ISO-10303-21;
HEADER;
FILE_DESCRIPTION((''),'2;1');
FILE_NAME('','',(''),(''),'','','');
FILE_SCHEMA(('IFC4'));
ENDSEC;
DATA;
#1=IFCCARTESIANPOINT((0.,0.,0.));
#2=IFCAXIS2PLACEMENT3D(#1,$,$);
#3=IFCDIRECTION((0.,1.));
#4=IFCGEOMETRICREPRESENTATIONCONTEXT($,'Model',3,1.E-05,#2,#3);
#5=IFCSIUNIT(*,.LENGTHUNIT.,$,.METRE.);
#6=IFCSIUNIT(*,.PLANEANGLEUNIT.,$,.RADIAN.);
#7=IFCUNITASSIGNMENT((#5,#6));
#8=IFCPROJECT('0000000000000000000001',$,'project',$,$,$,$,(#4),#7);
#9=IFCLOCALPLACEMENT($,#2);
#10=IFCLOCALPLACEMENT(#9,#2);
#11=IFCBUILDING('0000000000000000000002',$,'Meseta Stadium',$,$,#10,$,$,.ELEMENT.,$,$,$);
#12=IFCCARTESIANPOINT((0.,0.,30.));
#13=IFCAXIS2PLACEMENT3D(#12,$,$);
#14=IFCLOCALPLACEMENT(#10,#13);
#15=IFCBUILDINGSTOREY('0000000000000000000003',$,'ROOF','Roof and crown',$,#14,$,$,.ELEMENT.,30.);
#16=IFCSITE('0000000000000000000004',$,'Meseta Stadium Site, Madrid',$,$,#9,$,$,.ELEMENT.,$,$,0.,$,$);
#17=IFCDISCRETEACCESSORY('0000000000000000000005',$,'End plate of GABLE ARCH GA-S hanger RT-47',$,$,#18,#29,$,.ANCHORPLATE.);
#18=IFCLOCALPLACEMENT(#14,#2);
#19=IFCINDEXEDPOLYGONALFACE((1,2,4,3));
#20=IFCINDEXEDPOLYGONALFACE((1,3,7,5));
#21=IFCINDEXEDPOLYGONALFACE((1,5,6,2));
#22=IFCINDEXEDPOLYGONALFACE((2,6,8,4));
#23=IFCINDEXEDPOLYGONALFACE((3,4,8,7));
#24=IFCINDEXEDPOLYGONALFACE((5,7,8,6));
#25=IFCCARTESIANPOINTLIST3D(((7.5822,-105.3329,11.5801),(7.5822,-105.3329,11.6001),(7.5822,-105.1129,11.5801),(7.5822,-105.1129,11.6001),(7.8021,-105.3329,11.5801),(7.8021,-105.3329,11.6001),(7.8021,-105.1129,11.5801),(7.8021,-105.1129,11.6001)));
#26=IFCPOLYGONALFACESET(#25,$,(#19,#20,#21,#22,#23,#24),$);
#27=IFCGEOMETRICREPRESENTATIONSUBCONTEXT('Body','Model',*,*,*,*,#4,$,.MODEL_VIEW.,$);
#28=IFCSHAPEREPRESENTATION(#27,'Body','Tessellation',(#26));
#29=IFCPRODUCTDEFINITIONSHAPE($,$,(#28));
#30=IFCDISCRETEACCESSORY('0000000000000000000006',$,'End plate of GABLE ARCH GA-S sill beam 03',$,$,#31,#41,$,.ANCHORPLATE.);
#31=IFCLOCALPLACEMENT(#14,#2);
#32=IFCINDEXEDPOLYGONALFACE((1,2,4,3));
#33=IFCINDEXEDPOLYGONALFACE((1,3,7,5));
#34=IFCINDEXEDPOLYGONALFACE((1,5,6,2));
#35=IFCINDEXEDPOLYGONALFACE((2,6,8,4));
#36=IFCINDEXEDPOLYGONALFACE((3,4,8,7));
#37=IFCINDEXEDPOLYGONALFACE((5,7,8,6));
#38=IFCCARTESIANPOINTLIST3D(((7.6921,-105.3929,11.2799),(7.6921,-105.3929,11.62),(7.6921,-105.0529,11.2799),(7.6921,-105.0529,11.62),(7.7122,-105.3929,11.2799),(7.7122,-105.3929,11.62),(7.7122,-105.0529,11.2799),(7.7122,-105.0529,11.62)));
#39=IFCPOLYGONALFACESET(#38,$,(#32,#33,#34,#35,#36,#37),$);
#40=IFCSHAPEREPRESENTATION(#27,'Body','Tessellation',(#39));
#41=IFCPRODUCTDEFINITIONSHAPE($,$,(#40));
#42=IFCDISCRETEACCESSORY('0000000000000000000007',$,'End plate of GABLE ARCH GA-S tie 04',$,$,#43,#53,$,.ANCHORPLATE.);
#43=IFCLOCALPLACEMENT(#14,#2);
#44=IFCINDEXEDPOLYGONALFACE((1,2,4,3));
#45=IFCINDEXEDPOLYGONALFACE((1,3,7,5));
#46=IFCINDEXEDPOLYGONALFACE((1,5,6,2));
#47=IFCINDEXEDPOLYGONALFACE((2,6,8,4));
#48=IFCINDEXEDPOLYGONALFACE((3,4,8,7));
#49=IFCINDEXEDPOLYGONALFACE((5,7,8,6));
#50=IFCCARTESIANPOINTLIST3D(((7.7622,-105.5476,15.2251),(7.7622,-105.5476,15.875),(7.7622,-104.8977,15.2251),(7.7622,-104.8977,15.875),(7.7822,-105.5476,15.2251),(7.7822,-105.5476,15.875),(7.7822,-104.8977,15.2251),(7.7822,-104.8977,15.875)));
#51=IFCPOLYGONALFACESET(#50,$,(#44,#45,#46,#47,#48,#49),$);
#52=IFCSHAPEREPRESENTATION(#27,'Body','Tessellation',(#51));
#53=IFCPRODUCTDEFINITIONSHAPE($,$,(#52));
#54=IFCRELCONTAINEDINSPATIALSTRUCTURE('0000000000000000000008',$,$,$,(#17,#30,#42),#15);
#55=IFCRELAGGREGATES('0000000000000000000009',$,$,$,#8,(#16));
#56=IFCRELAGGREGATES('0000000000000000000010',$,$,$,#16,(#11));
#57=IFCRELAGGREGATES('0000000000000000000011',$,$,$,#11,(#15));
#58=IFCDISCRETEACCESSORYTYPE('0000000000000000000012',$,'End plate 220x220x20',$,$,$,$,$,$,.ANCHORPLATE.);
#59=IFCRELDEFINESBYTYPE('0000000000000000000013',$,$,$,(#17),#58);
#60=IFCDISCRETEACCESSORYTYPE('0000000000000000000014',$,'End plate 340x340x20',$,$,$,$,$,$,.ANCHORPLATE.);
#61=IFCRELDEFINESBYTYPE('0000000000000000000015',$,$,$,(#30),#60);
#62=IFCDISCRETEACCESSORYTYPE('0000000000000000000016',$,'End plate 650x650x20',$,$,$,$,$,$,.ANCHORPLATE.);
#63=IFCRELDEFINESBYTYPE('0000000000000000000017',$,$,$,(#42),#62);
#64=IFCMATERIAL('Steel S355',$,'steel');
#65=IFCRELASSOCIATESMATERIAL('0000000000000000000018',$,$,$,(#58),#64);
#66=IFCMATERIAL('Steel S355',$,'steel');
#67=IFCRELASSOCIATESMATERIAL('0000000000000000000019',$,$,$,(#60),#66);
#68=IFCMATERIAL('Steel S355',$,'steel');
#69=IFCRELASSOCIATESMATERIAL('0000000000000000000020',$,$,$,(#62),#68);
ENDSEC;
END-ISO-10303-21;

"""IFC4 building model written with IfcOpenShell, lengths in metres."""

from ifc_helpers import new_model, si_unit, direction, frame, origin, origin_2d, place, context, subcontext, project, spatial, rectangle, extrude, material, material_profile, profile_set, type_object, element, save


model = new_model("IFC4")

# Units and contexts
model_context = context("Model", 3, precision=1e-05, world=origin(), true_north=direction((0.0, 1.0)))
body_context = subcontext(model_context, "Body", "Model", "MODEL_VIEW")
ifc_project = project(units=[si_unit("LENGTHUNIT", "METRE"), si_unit("PLANEANGLEUNIT", "RADIAN")], contexts=[model_context])

# Site, building, storey
site_placement = place(None, origin())
site = spatial("IfcSite", under=ifc_project, at=site_placement, Name="Meseta Stadium Site, Madrid", CompositionType="ELEMENT", RefElevation=0.0)
building_placement = place(site_placement, origin())
building = spatial("IfcBuilding", under=site, at=building_placement, Name="Meseta Stadium", CompositionType="ELEMENT")
storey_placement = place(building_placement, frame((0.0, 0.0, 30.0)))
storey = spatial("IfcBuildingStorey", under=building, at=storey_placement, Name="ROOF", Description="Roof and crown", CompositionType="ELEMENT", Elevation=30.0)

# Discrete accessories
ifc_material_1 = material(Name="Steel S355", Category="steel")
ifc_material_profile_1 = material_profile(ifc_material_1, rectangle(XDim=0.22, YDim=0.22, at=origin_2d()), Name="PL 220x220")
ifc_profile_set_1 = profile_set([ifc_material_profile_1], Name="Steel S355")
discrete_accessory_type_1 = type_object("IfcDiscreteAccessoryType", Name="End plate 220x220x20", PredefinedType="ANCHORPLATE", material=ifc_profile_set_1)
for number, where, z_axis, x_axis, name in (
    (1, (7.6921, -105.2229, 11.6001), (0.0, 0.0, -1.0), (1.0, 0.0, 0.0), "End plate of GABLE ARCH GA-S hanger RT-47"),
):
    element("IfcDiscreteAccessory", number, at=place(storey_placement, frame(where, z_axis=z_axis, x_axis=x_axis)), inside=storey, type_object=discrete_accessory_type_1, Name=name, PredefinedType="ANCHORPLATE", context=body_context, shape_type="SweptSolid", body=[
        extrude(rectangle(XDim=0.22, YDim=0.22, at=origin_2d()), origin(), (0.0, 0.0, 1.0), 0.02),
    ])
ifc_material_2 = material(Name="Steel S355", Category="steel")
ifc_material_profile_2 = material_profile(ifc_material_2, rectangle(XDim=0.3401, YDim=0.3401, at=origin_2d()), Name="PL 340x340")
ifc_profile_set_2 = profile_set([ifc_material_profile_2], Name="Steel S355")
discrete_accessory_type_2 = type_object("IfcDiscreteAccessoryType", Name="End plate 340x340x20", PredefinedType="ANCHORPLATE", material=ifc_profile_set_2)
discrete_accessory_1_placement = place(storey_placement, frame((7.6921, -105.2229, 11.45), z_axis=(1.0, 0.0, 0.0), x_axis=(0.0, 1.0, 0.0)))
element("IfcDiscreteAccessory", 2, at=discrete_accessory_1_placement, inside=storey, type_object=discrete_accessory_type_2, Name="End plate of GABLE ARCH GA-S sill beam 03", PredefinedType="ANCHORPLATE", context=body_context, shape_type="SweptSolid", body=[
    extrude(rectangle(XDim=0.3401, YDim=0.3401, at=origin_2d()), origin(), (0.0, 0.0, 1.0), 0.02),
])
ifc_material_3 = material(Name="Steel S355", Category="steel")
ifc_material_profile_3 = material_profile(ifc_material_3, rectangle(XDim=0.6499, YDim=0.6499, at=origin_2d()), Name="PL 650x650")
ifc_profile_set_3 = profile_set([ifc_material_profile_3], Name="Steel S355")
discrete_accessory_type_3 = type_object("IfcDiscreteAccessoryType", Name="End plate 650x650x20", PredefinedType="ANCHORPLATE", material=ifc_profile_set_3)
discrete_accessory_2_placement = place(storey_placement, frame((7.7622, -105.2227, 15.55), z_axis=(1.0, 0.0, 0.0), x_axis=(0.0, 1.0, 0.0)))
element("IfcDiscreteAccessory", 3, at=discrete_accessory_2_placement, inside=storey, type_object=discrete_accessory_type_3, Name="End plate of GABLE ARCH GA-S tie 04", PredefinedType="ANCHORPLATE", context=body_context, shape_type="SweptSolid", body=[
    extrude(rectangle(XDim=0.6499, YDim=0.6499, at=origin_2d()), origin(), (0.0, 0.0, 1.0), 0.02),
])

save(model, "model.ifc")
